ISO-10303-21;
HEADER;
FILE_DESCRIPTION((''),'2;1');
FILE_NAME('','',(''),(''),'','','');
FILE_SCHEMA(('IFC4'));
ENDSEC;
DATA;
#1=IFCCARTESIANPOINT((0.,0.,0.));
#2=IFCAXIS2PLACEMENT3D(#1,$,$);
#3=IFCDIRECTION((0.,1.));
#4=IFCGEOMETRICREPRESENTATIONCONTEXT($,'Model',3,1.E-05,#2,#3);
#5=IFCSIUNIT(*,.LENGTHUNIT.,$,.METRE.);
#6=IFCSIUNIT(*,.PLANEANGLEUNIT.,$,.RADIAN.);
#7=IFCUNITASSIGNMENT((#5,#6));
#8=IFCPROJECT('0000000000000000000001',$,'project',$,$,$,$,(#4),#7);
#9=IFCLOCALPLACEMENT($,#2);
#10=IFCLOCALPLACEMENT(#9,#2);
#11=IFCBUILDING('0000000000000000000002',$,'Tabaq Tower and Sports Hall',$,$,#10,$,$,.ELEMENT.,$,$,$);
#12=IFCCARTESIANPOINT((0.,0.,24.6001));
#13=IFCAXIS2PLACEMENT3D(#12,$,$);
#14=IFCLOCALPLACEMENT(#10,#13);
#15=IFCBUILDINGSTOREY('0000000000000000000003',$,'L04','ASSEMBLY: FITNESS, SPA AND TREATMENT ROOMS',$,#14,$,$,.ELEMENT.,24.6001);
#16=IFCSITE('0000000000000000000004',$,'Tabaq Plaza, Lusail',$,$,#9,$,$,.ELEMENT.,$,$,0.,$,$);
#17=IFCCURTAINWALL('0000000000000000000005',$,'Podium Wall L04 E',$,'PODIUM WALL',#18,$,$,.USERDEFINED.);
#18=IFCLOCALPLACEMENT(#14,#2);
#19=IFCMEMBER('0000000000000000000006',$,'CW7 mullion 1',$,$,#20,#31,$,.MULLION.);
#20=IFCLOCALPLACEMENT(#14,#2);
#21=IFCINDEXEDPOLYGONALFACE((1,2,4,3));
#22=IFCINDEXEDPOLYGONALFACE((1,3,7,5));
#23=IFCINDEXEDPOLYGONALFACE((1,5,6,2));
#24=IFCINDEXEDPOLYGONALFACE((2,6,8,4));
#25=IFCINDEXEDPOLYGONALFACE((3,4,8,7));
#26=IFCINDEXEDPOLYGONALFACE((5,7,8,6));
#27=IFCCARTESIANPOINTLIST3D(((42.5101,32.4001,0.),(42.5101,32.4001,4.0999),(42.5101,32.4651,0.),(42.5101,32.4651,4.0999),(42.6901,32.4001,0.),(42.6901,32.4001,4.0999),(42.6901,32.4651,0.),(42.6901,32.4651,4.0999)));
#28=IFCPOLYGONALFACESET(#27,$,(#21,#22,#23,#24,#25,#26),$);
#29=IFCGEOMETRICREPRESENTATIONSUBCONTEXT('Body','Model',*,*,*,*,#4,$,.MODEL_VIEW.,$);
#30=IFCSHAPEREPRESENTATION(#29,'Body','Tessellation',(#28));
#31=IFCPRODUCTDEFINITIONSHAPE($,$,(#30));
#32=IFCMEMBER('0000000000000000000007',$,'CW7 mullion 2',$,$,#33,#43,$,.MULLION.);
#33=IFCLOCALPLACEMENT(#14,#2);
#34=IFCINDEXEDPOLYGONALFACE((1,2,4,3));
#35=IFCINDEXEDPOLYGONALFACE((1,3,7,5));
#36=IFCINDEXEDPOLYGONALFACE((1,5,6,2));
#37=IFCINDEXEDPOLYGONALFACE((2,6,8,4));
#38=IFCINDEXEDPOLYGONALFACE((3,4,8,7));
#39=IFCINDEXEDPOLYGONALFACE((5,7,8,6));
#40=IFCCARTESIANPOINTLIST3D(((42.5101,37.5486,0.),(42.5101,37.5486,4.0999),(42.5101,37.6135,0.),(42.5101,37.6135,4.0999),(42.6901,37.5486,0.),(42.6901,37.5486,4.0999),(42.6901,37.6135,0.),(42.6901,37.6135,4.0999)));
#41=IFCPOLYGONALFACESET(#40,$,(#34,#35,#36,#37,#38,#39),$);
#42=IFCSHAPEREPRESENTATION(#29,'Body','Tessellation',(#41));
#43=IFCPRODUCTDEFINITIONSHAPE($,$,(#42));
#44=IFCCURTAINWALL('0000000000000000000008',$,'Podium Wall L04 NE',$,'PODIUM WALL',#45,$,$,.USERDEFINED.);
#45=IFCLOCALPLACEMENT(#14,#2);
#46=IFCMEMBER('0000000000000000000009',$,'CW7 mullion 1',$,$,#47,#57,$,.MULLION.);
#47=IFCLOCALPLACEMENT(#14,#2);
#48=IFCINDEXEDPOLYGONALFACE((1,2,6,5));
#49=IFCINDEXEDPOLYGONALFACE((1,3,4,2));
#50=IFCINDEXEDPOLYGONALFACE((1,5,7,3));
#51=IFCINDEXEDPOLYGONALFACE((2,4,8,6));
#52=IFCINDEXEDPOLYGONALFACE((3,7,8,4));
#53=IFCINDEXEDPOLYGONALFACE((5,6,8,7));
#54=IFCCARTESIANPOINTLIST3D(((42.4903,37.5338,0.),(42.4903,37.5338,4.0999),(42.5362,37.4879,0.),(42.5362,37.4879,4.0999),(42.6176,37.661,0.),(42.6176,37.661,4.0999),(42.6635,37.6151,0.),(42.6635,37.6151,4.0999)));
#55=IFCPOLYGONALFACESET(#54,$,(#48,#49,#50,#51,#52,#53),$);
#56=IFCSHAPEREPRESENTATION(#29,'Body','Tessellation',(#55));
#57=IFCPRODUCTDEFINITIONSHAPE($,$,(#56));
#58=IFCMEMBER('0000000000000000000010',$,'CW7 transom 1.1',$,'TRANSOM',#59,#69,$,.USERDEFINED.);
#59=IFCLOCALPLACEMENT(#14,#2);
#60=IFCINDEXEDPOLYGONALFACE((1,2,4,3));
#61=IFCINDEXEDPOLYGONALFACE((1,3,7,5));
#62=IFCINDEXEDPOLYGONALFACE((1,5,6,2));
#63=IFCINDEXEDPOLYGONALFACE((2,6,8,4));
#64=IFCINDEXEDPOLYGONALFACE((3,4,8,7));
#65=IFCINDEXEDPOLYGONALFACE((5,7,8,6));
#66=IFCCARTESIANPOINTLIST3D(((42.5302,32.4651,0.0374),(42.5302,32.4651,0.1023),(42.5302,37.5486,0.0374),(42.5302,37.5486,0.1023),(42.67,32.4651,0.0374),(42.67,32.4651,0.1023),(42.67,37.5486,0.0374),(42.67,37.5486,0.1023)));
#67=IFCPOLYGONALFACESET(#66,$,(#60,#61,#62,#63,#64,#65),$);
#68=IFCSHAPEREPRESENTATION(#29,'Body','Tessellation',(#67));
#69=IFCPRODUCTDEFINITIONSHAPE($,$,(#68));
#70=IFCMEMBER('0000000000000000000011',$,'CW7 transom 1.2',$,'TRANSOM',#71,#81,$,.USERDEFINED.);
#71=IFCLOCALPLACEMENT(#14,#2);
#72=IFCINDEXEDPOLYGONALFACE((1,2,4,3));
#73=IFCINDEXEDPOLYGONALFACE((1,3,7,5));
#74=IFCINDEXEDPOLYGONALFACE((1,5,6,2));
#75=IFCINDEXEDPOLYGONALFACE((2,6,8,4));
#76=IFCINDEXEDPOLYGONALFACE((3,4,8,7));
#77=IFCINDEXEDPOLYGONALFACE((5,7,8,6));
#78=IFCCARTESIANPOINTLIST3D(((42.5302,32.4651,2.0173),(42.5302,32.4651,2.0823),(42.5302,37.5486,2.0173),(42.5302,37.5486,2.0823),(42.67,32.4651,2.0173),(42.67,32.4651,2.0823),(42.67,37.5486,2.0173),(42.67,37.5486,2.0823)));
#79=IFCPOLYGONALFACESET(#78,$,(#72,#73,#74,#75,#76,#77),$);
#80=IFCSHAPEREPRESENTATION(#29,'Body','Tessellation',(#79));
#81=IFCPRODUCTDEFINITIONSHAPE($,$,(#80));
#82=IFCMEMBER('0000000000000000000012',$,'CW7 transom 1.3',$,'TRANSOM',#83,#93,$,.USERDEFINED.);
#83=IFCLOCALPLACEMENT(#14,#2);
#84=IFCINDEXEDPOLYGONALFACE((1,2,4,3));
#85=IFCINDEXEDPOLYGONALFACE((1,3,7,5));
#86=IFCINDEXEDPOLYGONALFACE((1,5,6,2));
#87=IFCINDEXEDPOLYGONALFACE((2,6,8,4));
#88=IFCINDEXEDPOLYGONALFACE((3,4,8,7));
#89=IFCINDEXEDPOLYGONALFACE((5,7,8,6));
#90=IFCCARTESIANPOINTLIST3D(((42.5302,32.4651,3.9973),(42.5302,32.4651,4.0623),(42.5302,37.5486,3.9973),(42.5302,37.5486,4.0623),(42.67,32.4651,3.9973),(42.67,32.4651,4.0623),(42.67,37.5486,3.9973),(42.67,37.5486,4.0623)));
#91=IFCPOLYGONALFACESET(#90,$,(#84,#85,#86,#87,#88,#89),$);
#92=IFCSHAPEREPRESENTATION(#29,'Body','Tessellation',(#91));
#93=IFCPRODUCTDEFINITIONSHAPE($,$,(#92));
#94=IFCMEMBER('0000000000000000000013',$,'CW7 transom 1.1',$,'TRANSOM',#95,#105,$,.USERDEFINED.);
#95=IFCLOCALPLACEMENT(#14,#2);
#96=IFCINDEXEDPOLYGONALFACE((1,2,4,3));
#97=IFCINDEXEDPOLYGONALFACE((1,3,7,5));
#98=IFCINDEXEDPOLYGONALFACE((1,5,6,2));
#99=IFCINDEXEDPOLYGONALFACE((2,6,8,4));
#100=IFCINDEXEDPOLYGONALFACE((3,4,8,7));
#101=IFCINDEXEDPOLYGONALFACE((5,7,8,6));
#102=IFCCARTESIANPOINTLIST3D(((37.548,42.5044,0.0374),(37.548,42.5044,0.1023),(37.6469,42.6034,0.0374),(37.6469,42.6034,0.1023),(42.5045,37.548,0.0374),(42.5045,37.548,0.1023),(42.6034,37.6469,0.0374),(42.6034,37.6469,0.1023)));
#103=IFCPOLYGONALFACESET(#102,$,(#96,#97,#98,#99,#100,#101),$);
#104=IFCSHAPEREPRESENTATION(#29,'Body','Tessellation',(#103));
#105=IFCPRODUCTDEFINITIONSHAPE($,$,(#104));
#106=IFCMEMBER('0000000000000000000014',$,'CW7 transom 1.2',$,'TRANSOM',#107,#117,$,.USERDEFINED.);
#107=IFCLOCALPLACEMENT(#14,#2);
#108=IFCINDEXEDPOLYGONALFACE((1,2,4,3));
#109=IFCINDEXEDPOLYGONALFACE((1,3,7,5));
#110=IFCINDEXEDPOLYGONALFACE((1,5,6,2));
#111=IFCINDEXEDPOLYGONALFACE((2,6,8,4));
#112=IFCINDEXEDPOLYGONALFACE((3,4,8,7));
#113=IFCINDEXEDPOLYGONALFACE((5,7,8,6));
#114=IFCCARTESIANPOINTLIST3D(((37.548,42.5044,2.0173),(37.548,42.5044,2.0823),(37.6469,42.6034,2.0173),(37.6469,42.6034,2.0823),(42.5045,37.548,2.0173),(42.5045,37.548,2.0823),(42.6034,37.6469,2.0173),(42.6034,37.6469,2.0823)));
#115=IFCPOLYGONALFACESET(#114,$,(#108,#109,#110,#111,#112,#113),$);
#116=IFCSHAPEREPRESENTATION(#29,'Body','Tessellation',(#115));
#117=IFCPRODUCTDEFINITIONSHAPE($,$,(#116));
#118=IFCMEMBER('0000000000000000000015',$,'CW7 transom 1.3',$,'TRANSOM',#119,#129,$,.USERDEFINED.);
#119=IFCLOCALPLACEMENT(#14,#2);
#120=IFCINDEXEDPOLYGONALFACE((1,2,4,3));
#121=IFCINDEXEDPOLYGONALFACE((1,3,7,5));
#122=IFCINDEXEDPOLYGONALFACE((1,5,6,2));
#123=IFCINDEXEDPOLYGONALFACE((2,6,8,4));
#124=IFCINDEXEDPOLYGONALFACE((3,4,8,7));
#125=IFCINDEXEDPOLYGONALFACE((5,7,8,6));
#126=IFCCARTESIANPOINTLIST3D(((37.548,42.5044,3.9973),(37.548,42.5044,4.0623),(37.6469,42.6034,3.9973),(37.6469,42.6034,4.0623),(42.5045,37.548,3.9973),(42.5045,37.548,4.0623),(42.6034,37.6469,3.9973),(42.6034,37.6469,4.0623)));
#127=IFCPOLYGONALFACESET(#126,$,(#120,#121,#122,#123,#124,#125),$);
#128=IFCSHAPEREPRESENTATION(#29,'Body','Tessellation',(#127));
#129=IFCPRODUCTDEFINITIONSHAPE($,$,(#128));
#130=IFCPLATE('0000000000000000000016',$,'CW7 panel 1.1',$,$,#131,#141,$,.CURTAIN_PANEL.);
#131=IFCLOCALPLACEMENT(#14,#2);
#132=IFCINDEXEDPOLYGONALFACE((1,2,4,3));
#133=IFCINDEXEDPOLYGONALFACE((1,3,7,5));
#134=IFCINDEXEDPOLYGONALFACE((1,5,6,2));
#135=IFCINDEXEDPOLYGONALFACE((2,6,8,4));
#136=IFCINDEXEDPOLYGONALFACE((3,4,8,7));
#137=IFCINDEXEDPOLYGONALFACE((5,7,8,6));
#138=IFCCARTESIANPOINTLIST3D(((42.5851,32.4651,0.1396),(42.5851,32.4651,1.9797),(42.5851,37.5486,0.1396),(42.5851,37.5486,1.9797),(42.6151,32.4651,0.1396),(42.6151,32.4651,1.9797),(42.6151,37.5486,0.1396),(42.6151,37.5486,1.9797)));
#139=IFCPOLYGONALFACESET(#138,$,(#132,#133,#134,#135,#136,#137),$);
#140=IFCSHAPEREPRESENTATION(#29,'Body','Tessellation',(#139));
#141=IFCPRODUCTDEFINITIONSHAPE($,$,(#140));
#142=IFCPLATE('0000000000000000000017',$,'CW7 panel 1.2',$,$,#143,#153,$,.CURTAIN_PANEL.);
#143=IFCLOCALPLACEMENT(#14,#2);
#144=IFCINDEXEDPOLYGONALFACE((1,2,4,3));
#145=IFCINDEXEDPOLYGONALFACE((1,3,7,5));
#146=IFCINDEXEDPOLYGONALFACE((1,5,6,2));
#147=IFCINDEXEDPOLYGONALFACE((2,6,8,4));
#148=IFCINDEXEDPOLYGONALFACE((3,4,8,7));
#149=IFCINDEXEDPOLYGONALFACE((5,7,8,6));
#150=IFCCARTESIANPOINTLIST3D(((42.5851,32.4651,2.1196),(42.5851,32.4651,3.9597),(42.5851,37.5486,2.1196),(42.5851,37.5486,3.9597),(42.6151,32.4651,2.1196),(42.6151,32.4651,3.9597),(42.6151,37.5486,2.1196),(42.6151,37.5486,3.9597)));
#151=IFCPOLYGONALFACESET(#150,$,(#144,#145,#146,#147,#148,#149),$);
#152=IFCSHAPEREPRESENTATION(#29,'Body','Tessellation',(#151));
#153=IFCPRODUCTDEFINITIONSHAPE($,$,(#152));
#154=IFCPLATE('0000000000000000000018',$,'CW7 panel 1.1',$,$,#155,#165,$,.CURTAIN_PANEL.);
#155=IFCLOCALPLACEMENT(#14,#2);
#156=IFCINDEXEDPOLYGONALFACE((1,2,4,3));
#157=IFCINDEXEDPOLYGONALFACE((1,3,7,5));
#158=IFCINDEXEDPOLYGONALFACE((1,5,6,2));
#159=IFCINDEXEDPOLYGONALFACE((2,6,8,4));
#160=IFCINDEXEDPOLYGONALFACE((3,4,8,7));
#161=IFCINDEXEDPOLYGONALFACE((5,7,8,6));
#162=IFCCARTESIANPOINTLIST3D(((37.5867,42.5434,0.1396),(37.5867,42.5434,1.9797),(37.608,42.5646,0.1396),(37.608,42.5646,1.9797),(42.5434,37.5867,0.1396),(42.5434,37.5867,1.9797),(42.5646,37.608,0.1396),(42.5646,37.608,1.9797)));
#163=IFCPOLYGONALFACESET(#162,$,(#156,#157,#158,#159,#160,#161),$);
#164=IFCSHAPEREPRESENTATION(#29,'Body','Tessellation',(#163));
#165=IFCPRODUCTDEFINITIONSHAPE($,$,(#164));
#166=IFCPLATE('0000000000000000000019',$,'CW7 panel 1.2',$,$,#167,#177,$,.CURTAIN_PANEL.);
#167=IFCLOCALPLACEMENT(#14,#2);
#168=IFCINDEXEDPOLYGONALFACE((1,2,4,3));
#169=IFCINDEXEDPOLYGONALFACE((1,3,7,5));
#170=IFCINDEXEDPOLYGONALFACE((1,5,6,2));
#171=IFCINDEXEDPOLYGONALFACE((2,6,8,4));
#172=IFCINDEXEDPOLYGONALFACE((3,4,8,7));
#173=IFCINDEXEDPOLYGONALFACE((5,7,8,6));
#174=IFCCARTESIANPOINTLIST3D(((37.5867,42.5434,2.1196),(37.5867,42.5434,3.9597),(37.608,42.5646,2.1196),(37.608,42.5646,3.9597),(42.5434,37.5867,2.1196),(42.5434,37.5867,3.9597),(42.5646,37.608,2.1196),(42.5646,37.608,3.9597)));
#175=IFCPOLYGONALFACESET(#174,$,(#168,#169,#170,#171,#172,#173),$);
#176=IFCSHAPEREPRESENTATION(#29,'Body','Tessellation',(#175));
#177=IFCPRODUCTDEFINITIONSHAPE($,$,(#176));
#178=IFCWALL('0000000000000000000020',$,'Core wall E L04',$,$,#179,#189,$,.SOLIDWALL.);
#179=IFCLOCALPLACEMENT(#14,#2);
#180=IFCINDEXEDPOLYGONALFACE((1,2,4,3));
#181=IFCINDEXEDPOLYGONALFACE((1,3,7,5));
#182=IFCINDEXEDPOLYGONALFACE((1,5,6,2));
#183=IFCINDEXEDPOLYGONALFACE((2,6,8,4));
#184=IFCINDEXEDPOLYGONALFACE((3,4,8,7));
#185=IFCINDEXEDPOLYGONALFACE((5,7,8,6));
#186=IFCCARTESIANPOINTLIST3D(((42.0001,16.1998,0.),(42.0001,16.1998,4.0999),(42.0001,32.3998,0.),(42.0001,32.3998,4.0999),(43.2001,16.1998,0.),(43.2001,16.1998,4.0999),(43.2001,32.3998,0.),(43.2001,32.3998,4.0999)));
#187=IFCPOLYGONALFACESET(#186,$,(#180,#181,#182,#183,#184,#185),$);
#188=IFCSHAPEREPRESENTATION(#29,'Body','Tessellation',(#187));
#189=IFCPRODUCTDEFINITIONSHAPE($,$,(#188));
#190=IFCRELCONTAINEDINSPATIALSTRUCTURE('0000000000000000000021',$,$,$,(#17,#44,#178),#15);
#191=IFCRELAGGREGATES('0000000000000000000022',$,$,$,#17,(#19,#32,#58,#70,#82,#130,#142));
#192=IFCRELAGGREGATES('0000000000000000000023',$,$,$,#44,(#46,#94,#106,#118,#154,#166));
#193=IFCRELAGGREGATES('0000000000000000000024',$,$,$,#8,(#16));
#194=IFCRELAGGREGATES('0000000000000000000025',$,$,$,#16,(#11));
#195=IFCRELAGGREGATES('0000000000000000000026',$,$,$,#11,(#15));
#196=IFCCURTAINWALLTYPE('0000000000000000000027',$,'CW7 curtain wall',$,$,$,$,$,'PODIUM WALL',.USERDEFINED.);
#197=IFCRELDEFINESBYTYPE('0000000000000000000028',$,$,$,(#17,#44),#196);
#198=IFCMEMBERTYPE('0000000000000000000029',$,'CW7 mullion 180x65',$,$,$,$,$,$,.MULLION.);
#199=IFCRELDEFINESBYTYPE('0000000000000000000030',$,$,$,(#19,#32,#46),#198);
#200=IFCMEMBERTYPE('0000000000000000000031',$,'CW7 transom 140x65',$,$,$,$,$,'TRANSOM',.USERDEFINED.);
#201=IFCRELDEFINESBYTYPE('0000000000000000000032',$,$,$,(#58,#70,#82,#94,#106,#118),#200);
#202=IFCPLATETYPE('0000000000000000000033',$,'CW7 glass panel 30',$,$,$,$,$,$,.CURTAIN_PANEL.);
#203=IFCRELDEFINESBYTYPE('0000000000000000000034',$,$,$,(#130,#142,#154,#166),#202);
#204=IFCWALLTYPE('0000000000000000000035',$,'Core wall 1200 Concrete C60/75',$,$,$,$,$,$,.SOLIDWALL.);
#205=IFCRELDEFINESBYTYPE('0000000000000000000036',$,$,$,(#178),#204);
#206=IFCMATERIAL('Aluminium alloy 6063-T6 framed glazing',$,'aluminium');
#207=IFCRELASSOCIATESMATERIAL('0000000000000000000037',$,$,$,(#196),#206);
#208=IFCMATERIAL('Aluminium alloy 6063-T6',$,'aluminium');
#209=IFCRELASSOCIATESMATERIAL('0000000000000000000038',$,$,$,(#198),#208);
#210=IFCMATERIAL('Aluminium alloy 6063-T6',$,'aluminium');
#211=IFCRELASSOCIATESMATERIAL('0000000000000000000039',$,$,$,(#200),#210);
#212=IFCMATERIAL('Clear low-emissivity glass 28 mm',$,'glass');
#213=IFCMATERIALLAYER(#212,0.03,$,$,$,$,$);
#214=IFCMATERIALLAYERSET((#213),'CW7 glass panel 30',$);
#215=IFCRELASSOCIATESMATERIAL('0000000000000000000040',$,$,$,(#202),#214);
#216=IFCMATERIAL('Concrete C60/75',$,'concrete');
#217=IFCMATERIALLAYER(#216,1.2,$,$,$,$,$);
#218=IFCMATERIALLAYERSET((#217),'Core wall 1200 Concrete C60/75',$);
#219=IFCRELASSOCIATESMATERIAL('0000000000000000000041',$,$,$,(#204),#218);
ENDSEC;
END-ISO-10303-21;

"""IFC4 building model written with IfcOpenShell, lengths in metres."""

from ifc_helpers import new_model, si_unit, direction, frame, frame_2d, origin, origin_2d, place, context, subcontext, project, spatial, rectangle, extrude, material, layer, layer_set, material_profile, profile_set, type_object, element, aggregate, save


model = new_model("IFC4")

# Units and contexts
model_context = context("Model", 3, precision=1e-05, world=origin(), true_north=direction((0.0, 1.0)))
body_context = subcontext(model_context, "Body", "Model", "MODEL_VIEW")
ifc_project = project(units=[si_unit("LENGTHUNIT", "METRE"), si_unit("PLANEANGLEUNIT", "RADIAN")], contexts=[model_context])

# Site, building, storey
site_placement = place(None, origin())
site = spatial("IfcSite", under=ifc_project, at=site_placement, Name="Tabaq Plaza, Lusail", CompositionType="ELEMENT", RefElevation=0.0)
building_placement = place(site_placement, origin())
building = spatial("IfcBuilding", under=site, at=building_placement, Name="Tabaq Tower and Sports Hall", CompositionType="ELEMENT")
storey_placement = place(building_placement, frame((0.0, 0.0, 24.6001)))
storey = spatial("IfcBuildingStorey", under=building, at=storey_placement, Name="L04", Description="ASSEMBLY: FITNESS, SPA AND TREATMENT ROOMS", CompositionType="ELEMENT", Elevation=24.6001)

# Curtain wall, members
ifc_material_1 = material(Name="Aluminium alloy 6063-T6 framed glazing", Category="aluminium")
curtain_wall_type = type_object("IfcCurtainWallType", Name="CW7 curtain wall", ElementType="PODIUM WALL", PredefinedType="USERDEFINED", material=ifc_material_1)
curtain_wall_1_placement = place(storey_placement, origin())
curtain_wall_1 = element("IfcCurtainWall", 1, at=curtain_wall_1_placement, inside=storey, type_object=curtain_wall_type, Name="Podium Wall L04 E", ObjectType="PODIUM WALL", PredefinedType="USERDEFINED")
ifc_material_2 = material(Name="Aluminium alloy 6063-T6", Category="aluminium")
ifc_material_profile_1 = material_profile(ifc_material_2, rectangle(XDim=0.1799, YDim=0.0649, at=origin_2d()), Name="MULLION 180x65")
ifc_profile_set_1 = profile_set([ifc_material_profile_1], Name="Aluminium alloy 6063-T6")
member_type_1 = type_object("IfcMemberType", Name="CW7 mullion 180x65", PredefinedType="MULLION", material=ifc_profile_set_1)
member_1_placement = place(storey_placement, frame((42.6001, 32.4326, 0.0), z_axis=(0.0, 0.0, 1.0), x_axis=(-1.0, 0.0, 0.0)))
member_1 = element("IfcMember", 2, at=member_1_placement, type_object=member_type_1, Name="CW7 mullion 1", PredefinedType="MULLION", context=body_context, shape_type="SweptSolid", body=[
    extrude(rectangle(XDim=0.1799, YDim=0.0649, at=origin_2d()), origin(), (0.0, 0.0, 1.0), 4.0999),
])
member_2_placement = place(storey_placement, frame((42.6001, 37.5811, 0.0), z_axis=(0.0, 0.0, 1.0), x_axis=(-1.0, 0.0, 0.0)))
member_2 = element("IfcMember", 3, at=member_2_placement, type_object=member_type_1, Name="CW7 mullion 2", PredefinedType="MULLION", context=body_context, shape_type="SweptSolid", body=[
    extrude(rectangle(XDim=0.1799, YDim=0.0649, at=origin_2d()), origin(), (0.0, 0.0, 1.0), 4.0999),
])

# Curtain wall, member
curtain_wall_2_placement = place(storey_placement, origin())
curtain_wall_2 = element("IfcCurtainWall", 4, at=curtain_wall_2_placement, inside=storey, type_object=curtain_wall_type, Name="Podium Wall L04 NE", ObjectType="PODIUM WALL", PredefinedType="USERDEFINED")
member_3_placement = place(storey_placement, frame((42.5769, 37.5745, 0.0), z_axis=(0.0, 0.0, 1.0), x_axis=(-0.707107, -0.707107, 0.0)))
member_3 = element("IfcMember", 5, at=member_3_placement, type_object=member_type_1, Name="CW7 mullion 1", PredefinedType="MULLION", context=body_context, shape_type="SweptSolid", body=[
    extrude(rectangle(XDim=0.1799, YDim=0.0649, at=origin_2d()), origin(), (0.0, 0.0, 1.0), 4.0999),
])

# Members
ifc_material_3 = material(Name="Aluminium alloy 6063-T6", Category="aluminium")
ifc_material_profile_2 = material_profile(ifc_material_3, rectangle(XDim=0.1399, YDim=0.0649, at=origin_2d()), Name="TRANSOM 140x65")
ifc_profile_set_2 = profile_set([ifc_material_profile_2], Name="Aluminium alloy 6063-T6")
member_type_2 = type_object("IfcMemberType", Name="CW7 transom 140x65", ElementType="TRANSOM", PredefinedType="USERDEFINED", material=ifc_profile_set_2)
member_4_placement = place(storey_placement, frame((42.6001, 32.4651, 0.0698), z_axis=(0.0, 1.0, 0.0), x_axis=(-1.0, 0.0, 0.0)))
member_4 = element("IfcMember", 6, at=member_4_placement, type_object=member_type_2, Name="CW7 transom 1.1", ObjectType="TRANSOM", PredefinedType="USERDEFINED", context=body_context, shape_type="SweptSolid", body=[
    extrude(rectangle(XDim=0.1399, YDim=0.0649, at=origin_2d()), origin(), (0.0, 0.0, 1.0), 5.0835),
])
member_5_placement = place(storey_placement, frame((42.6001, 32.4651, 2.0498), z_axis=(0.0, 1.0, 0.0), x_axis=(-1.0, 0.0, 0.0)))
member_5 = element("IfcMember", 7, at=member_5_placement, type_object=member_type_2, Name="CW7 transom 1.2", ObjectType="TRANSOM", PredefinedType="USERDEFINED", context=body_context, shape_type="SweptSolid", body=[
    extrude(rectangle(XDim=0.1399, YDim=0.0649, at=origin_2d()), origin(), (0.0, 0.0, 1.0), 5.0835),
])
member_6_placement = place(storey_placement, frame((42.6001, 32.4651, 4.0298), z_axis=(0.0, 1.0, 0.0), x_axis=(-1.0, 0.0, 0.0)))
member_6 = element("IfcMember", 8, at=member_6_placement, type_object=member_type_2, Name="CW7 transom 1.3", ObjectType="TRANSOM", PredefinedType="USERDEFINED", context=body_context, shape_type="SweptSolid", body=[
    extrude(rectangle(XDim=0.1399, YDim=0.0649, at=origin_2d()), origin(), (0.0, 0.0, 1.0), 5.0835),
])
member_7_placement = place(storey_placement, frame((42.554, 37.5974, 0.0698), z_axis=(-0.707107, 0.707107, 0.0), x_axis=(-0.707107, -0.707107, 0.0)))
member_7 = element("IfcMember", 9, at=member_7_placement, type_object=member_type_2, Name="CW7 transom 1.1", ObjectType="TRANSOM", PredefinedType="USERDEFINED", context=body_context, shape_type="SweptSolid", body=[
    extrude(rectangle(XDim=0.1399, YDim=0.0649, at=origin_2d()), origin(), (0.0, 0.0, 1.0), 7.0095),
])
member_8_placement = place(storey_placement, frame((42.554, 37.5974, 2.0498), z_axis=(-0.707107, 0.707107, 0.0), x_axis=(-0.707107, -0.707107, 0.0)))
member_8 = element("IfcMember", 10, at=member_8_placement, type_object=member_type_2, Name="CW7 transom 1.2", ObjectType="TRANSOM", PredefinedType="USERDEFINED", context=body_context, shape_type="SweptSolid", body=[
    extrude(rectangle(XDim=0.1399, YDim=0.0649, at=origin_2d()), origin(), (0.0, 0.0, 1.0), 7.0095),
])
member_9_placement = place(storey_placement, frame((42.554, 37.5974, 4.0298), z_axis=(-0.707107, 0.707107, 0.0), x_axis=(-0.707107, -0.707107, 0.0)))
member_9 = element("IfcMember", 11, at=member_9_placement, type_object=member_type_2, Name="CW7 transom 1.3", ObjectType="TRANSOM", PredefinedType="USERDEFINED", context=body_context, shape_type="SweptSolid", body=[
    extrude(rectangle(XDim=0.1399, YDim=0.0649, at=origin_2d()), origin(), (0.0, 0.0, 1.0), 7.0095),
])

# Plates
ifc_material_4 = material(Name="Clear low-emissivity glass 28 mm", Category="glass")
ifc_layer_1 = layer(ifc_material_4, 0.03)
ifc_layer_set_1 = layer_set([ifc_layer_1], Name="CW7 glass panel 30")
plate_type = type_object("IfcPlateType", Name="CW7 glass panel 30", PredefinedType="CURTAIN_PANEL", material=ifc_layer_set_1)
plate_1_placement = place(storey_placement, frame((42.6001, 35.0068, 0.1396), z_axis=(0.0, 0.0, 1.0), x_axis=(0.0, 1.0, 0.0)))
plate_1 = element("IfcPlate", 12, at=plate_1_placement, type_object=plate_type, Name="CW7 panel 1.1", PredefinedType="CURTAIN_PANEL", context=body_context, shape_type="SweptSolid", body=[
    extrude(rectangle(XDim=5.0835, YDim=0.03, at=origin_2d()), origin(), (0.0, 0.0, 1.0), 1.8401),
])
plate_2_placement = place(storey_placement, frame((42.6001, 35.0068, 2.1196), z_axis=(0.0, 0.0, 1.0), x_axis=(0.0, 1.0, 0.0)))
plate_2 = element("IfcPlate", 13, at=plate_2_placement, type_object=plate_type, Name="CW7 panel 1.2", PredefinedType="CURTAIN_PANEL", context=body_context, shape_type="SweptSolid", body=[
    extrude(rectangle(XDim=5.0835, YDim=0.03, at=origin_2d()), origin(), (0.0, 0.0, 1.0), 1.8401),
])
aggregate(curtain_wall_1, [member_1, member_2, member_4, member_5, member_6, plate_1, plate_2])
plate_3_placement = place(storey_placement, frame((40.0757, 40.0757, 0.1396), z_axis=(0.0, 0.0, 1.0), x_axis=(-0.707107, 0.707107, 0.0)))
plate_3 = element("IfcPlate", 14, at=plate_3_placement, type_object=plate_type, Name="CW7 panel 1.1", PredefinedType="CURTAIN_PANEL", context=body_context, shape_type="SweptSolid", body=[
    extrude(rectangle(XDim=7.0098, YDim=0.03, at=origin_2d()), origin(), (0.0, 0.0, 1.0), 1.8401),
])
plate_4_placement = place(storey_placement, frame((40.0757, 40.0757, 2.1196), z_axis=(0.0, 0.0, 1.0), x_axis=(-0.707107, 0.707107, 0.0)))
plate_4 = element("IfcPlate", 15, at=plate_4_placement, type_object=plate_type, Name="CW7 panel 1.2", PredefinedType="CURTAIN_PANEL", context=body_context, shape_type="SweptSolid", body=[
    extrude(rectangle(XDim=7.0098, YDim=0.03, at=origin_2d()), origin(), (0.0, 0.0, 1.0), 1.8401),
])
aggregate(curtain_wall_2, [member_3, member_7, member_8, member_9, plate_3, plate_4])

# Wall
ifc_material_5 = material(Name="Concrete C60/75", Category="concrete")
ifc_layer_2 = layer(ifc_material_5, 1.2)
ifc_layer_set_2 = layer_set([ifc_layer_2], Name="Core wall 1200 Concrete C60/75")
wall_type_1 = type_object("IfcWallType", Name="Core wall 1200 Concrete C60/75", PredefinedType="SOLIDWALL", material=ifc_layer_set_2)
wall_1_placement = place(storey_placement, frame((42.6001, 32.3999, 0.0), z_axis=(0.0, 0.0, 1.0), x_axis=(0.0, -1.0, 0.0)))
element("IfcWall", 16, at=wall_1_placement, inside=storey, type_object=wall_type_1, Name="Core wall E L04", PredefinedType="SOLIDWALL", context=body_context, shape_type="SweptSolid", body=[
    extrude(rectangle(XDim=16.2, YDim=1.2, at=frame_2d((8.1001, 0.0))), origin(), (0.0, 0.0, 1.0), 4.0999),
])

save(model, "model.ifc")
